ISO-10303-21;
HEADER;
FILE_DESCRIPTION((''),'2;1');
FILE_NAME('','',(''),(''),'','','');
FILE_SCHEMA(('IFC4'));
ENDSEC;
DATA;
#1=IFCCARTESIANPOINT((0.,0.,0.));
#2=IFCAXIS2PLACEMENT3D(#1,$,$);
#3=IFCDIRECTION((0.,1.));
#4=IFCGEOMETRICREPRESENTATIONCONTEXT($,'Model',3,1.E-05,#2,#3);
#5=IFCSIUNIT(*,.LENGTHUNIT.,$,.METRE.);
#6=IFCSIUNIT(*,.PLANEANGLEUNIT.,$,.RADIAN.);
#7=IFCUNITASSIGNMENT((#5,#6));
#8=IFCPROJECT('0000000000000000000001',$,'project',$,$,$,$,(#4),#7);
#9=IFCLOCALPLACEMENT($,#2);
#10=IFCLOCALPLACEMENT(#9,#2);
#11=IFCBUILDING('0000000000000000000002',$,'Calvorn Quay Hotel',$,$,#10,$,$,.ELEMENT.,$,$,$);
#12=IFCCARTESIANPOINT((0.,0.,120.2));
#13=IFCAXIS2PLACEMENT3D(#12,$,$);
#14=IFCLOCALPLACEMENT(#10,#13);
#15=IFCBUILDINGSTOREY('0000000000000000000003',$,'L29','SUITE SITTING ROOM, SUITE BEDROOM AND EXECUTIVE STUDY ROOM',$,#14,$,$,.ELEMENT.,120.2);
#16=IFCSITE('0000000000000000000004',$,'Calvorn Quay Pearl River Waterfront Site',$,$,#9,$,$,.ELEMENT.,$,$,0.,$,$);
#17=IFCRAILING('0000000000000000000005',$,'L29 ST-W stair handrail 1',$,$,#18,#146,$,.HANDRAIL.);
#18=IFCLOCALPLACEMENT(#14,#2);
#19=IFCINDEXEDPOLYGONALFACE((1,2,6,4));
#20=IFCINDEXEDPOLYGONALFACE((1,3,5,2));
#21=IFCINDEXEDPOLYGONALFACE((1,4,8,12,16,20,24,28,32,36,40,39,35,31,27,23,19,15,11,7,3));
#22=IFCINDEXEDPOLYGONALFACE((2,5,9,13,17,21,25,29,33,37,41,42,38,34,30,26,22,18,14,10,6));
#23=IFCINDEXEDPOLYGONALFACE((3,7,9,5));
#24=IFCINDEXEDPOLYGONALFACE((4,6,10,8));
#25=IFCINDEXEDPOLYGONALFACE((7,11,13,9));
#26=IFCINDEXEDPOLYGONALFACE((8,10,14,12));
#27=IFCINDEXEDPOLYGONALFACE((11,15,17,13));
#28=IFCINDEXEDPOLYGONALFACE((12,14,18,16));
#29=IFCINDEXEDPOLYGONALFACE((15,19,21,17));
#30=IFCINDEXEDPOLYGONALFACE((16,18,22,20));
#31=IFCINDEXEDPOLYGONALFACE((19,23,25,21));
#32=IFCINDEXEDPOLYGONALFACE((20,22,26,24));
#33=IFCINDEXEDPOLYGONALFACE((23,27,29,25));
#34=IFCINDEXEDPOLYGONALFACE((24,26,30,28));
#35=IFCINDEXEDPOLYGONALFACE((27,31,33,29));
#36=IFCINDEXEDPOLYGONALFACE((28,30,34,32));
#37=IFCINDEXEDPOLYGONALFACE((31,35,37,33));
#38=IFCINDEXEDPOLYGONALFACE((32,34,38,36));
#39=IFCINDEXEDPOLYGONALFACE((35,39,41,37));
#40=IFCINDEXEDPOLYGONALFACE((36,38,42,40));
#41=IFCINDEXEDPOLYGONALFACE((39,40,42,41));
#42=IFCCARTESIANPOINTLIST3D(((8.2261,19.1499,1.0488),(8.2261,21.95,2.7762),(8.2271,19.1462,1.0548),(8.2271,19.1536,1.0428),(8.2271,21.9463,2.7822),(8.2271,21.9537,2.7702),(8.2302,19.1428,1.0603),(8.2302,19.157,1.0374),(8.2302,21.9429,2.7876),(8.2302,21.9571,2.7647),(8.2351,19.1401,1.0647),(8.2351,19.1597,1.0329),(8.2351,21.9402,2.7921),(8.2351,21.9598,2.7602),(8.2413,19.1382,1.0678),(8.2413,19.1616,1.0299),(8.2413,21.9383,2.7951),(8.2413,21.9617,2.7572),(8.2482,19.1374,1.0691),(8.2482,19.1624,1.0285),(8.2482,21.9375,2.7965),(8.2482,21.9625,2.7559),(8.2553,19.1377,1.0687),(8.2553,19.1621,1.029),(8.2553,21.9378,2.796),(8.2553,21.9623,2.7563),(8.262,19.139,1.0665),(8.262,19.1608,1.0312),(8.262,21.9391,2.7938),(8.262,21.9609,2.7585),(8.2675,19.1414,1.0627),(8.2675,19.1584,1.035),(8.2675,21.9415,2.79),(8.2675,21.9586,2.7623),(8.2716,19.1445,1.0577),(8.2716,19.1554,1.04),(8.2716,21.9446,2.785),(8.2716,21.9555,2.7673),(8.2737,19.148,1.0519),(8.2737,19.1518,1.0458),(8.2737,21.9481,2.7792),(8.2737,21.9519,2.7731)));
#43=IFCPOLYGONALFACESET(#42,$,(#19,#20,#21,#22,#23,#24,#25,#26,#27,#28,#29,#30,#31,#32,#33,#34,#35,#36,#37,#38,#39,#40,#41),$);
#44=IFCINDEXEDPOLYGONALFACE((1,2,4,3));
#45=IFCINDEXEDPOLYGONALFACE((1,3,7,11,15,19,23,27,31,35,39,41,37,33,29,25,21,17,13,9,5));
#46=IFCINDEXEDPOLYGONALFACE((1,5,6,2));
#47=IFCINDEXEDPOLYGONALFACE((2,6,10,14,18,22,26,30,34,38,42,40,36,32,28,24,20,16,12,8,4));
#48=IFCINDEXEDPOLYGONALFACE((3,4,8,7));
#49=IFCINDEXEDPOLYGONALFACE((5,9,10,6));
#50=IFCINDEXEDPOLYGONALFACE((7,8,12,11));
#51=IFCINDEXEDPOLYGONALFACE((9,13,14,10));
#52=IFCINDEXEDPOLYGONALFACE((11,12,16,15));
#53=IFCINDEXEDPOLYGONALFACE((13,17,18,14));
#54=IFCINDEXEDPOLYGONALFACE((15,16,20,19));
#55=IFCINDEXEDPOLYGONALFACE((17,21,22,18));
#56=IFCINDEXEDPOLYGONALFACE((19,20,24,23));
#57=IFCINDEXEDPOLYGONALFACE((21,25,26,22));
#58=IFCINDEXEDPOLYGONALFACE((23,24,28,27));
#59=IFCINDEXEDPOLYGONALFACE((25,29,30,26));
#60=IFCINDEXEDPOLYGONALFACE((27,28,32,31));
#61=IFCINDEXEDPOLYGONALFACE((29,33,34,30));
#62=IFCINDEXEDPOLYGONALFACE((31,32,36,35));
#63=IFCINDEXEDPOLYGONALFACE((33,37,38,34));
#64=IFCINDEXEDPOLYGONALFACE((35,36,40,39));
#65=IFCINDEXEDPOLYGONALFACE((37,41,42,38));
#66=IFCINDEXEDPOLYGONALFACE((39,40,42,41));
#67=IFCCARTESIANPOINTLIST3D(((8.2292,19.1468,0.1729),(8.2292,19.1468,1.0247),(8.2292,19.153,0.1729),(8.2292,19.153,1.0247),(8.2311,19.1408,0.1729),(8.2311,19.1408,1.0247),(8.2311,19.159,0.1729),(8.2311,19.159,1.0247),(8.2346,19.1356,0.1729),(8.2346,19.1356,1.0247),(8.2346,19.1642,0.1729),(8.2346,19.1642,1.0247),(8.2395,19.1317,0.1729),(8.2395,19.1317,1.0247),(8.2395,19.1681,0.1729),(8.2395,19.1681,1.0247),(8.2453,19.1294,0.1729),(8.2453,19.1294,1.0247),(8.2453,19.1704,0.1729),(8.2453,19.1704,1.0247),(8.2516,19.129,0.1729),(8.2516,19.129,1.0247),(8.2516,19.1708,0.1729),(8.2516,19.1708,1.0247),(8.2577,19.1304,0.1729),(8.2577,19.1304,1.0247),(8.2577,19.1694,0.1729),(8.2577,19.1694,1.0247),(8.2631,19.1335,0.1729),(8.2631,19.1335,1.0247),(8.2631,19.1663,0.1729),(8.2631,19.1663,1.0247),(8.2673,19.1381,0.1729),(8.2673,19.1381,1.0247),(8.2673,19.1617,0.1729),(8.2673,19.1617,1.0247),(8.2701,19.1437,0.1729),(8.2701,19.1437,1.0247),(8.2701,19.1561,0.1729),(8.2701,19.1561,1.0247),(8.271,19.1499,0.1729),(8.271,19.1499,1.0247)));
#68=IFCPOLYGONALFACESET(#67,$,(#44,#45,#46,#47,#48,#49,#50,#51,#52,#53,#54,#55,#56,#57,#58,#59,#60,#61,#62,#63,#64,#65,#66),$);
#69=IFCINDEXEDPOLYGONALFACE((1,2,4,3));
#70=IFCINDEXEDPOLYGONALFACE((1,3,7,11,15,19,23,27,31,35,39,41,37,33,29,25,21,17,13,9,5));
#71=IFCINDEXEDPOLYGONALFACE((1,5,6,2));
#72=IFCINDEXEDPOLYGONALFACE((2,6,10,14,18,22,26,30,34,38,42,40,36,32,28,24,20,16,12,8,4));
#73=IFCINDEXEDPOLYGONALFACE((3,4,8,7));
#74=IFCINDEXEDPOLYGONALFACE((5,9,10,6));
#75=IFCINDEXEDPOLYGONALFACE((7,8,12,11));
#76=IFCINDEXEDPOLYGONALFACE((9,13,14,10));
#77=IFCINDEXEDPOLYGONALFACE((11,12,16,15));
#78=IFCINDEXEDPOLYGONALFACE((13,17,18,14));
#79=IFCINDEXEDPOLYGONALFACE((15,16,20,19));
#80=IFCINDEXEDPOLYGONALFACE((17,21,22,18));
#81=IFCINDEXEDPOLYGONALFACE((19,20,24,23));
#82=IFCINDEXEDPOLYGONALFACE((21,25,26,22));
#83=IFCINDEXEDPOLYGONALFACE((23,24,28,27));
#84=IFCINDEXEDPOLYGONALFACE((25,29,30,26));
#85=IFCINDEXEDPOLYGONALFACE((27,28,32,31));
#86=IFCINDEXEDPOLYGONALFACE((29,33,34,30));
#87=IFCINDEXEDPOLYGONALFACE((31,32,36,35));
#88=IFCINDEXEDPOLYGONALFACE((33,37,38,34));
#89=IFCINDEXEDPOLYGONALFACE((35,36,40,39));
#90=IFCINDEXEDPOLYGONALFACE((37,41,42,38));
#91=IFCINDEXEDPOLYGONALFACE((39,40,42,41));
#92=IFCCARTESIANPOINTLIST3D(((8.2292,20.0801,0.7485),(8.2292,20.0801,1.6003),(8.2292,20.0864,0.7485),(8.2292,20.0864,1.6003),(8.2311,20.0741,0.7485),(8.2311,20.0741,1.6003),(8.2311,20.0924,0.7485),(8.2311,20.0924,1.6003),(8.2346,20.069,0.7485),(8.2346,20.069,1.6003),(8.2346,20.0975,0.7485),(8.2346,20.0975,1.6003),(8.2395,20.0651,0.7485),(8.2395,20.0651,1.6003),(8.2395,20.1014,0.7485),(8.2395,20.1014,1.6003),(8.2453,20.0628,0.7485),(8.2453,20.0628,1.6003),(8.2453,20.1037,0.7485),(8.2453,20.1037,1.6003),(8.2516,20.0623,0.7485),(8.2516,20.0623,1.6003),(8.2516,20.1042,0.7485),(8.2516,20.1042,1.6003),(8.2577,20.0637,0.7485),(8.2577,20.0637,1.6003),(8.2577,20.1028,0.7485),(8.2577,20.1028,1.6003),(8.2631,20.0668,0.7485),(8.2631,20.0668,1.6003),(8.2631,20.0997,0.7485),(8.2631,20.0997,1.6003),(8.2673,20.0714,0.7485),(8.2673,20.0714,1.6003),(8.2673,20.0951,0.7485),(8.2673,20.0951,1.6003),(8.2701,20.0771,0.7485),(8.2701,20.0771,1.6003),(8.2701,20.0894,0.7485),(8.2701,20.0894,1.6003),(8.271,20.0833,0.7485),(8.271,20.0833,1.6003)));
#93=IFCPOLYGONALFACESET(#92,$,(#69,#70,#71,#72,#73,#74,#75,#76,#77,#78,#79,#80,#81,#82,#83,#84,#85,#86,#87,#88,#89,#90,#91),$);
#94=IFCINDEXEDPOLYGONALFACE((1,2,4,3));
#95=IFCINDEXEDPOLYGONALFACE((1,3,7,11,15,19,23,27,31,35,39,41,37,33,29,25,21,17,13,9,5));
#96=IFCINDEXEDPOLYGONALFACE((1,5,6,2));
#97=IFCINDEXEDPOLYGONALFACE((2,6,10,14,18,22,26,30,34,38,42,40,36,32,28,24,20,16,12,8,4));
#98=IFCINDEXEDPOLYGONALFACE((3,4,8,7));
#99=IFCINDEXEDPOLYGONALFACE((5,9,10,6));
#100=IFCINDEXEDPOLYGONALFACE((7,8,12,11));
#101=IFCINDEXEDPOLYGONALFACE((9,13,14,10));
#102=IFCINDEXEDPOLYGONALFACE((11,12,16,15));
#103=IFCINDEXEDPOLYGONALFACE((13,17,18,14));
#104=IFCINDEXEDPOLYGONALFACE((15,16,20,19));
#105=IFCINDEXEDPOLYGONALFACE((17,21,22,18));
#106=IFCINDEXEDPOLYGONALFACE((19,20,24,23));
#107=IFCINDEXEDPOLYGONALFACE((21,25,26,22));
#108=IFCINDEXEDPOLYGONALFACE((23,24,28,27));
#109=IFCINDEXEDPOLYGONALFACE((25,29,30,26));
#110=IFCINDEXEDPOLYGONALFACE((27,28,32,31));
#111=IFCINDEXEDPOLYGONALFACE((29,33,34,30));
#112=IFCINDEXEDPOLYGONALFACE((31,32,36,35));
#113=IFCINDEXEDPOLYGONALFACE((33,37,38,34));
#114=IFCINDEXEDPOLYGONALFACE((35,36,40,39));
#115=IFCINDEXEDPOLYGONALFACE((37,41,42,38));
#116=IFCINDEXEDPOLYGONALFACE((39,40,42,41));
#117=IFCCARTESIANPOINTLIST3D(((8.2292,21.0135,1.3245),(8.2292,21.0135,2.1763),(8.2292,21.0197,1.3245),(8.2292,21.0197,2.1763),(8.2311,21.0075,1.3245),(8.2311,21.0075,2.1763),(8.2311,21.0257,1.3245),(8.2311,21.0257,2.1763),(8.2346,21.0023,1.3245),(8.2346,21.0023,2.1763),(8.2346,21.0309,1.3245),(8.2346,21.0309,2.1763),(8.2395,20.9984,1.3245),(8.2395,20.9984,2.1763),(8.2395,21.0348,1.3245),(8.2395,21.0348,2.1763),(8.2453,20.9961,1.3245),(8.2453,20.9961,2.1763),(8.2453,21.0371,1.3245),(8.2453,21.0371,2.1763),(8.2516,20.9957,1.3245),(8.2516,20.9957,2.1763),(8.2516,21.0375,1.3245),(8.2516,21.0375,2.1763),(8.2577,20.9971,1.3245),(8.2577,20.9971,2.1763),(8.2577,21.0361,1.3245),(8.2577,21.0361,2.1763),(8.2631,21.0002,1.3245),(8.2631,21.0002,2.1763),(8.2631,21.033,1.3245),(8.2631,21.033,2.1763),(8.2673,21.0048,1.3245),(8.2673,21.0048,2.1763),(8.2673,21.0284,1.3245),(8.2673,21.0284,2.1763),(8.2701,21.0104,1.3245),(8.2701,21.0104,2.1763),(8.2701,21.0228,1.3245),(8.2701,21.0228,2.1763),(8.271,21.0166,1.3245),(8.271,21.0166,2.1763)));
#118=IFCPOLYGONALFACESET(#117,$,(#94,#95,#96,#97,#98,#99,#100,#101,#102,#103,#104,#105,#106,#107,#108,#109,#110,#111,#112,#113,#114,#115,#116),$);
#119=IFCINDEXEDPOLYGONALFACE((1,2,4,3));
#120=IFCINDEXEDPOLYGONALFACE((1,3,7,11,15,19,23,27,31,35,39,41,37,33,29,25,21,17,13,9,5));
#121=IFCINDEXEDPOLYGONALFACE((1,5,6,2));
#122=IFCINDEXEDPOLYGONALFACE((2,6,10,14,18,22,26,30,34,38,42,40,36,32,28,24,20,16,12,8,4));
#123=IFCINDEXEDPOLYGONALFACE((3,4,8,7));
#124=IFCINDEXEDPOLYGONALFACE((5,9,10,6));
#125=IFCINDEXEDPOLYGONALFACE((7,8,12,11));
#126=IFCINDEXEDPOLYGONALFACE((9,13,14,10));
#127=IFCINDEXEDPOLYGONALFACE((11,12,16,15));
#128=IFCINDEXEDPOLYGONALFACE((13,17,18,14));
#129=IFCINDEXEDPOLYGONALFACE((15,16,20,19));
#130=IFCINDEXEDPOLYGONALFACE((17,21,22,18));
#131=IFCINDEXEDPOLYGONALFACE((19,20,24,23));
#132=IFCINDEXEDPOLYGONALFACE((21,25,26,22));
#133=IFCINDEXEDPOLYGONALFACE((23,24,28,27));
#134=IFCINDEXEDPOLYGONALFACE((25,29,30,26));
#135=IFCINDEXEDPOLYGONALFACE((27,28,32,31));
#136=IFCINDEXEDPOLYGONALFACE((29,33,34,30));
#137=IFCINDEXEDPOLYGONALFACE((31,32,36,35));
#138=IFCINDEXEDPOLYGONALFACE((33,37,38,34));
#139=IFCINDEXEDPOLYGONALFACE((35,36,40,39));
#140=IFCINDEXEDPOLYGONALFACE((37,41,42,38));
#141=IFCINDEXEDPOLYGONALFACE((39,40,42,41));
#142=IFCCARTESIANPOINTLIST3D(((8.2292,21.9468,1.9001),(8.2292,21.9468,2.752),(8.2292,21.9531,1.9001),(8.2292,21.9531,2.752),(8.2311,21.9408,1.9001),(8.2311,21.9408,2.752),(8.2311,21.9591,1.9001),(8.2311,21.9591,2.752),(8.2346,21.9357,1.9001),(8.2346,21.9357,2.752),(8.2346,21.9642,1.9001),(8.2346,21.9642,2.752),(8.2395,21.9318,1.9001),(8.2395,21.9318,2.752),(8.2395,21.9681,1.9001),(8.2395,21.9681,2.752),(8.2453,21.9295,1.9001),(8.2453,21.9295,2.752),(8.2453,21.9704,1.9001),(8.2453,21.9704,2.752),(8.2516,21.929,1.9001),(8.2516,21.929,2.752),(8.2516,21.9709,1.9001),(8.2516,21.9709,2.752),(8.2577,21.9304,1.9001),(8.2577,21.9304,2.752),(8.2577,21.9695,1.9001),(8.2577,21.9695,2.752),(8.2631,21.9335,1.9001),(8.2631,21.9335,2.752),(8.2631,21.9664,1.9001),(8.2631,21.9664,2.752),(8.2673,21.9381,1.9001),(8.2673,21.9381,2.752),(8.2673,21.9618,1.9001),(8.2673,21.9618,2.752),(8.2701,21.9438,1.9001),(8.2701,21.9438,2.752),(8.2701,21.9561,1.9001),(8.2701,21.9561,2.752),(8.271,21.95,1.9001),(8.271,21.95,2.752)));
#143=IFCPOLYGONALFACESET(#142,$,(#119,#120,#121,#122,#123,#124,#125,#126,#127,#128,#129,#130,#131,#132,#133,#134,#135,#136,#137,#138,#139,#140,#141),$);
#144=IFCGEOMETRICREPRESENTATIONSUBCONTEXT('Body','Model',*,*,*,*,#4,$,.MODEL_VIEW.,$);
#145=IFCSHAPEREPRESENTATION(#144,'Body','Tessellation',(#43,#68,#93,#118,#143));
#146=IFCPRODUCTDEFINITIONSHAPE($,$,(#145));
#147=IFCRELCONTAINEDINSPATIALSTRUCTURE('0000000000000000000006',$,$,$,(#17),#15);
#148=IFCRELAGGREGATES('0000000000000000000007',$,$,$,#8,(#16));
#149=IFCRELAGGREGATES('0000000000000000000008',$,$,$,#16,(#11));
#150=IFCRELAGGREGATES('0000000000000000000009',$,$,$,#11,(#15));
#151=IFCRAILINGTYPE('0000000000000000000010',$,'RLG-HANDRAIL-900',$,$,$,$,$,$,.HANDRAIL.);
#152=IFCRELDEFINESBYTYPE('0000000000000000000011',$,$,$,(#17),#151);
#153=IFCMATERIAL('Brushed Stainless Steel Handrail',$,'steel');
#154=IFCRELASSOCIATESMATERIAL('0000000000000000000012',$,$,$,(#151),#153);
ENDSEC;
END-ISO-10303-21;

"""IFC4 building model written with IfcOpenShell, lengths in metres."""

from ifc_helpers import new_model, si_unit, direction, frame, origin, origin_2d, place, context, subcontext, project, spatial, circle, extrude, material, type_object, element, save


model = new_model("IFC4")

# Units and contexts
model_context = context("Model", 3, precision=1e-05, world=origin(), true_north=direction((0.0, 1.0)))
body_context = subcontext(model_context, "Body", "Model", "MODEL_VIEW")
ifc_project = project(units=[si_unit("LENGTHUNIT", "METRE"), si_unit("PLANEANGLEUNIT", "RADIAN")], contexts=[model_context])

# Site, building, storey
site_placement = place(None, origin())
site = spatial("IfcSite", under=ifc_project, at=site_placement, Name="Calvorn Quay Pearl River Waterfront Site", CompositionType="ELEMENT", RefElevation=0.0)
building_placement = place(site_placement, origin())
building = spatial("IfcBuilding", under=site, at=building_placement, Name="Calvorn Quay Hotel", CompositionType="ELEMENT")
storey_placement = place(building_placement, frame((0.0, 0.0, 120.2)))
storey = spatial("IfcBuildingStorey", under=building, at=storey_placement, Name="L29", Description="SUITE SITTING ROOM, SUITE BEDROOM AND EXECUTIVE STUDY ROOM", CompositionType="ELEMENT", Elevation=120.2)

# Railing
ifc_material_1 = material(Name="Brushed Stainless Steel Handrail", Category="steel")
railing_type_1 = type_object("IfcRailingType", Name="RLG-HANDRAIL-900", PredefinedType="HANDRAIL", material=ifc_material_1)
railing_1_placement = place(storey_placement, frame((8.25, 19.1499, 0.1729)))
element("IfcRailing", 1, at=railing_1_placement, inside=storey, type_object=railing_type_1, Name="L29 ST-W stair handrail 1", PredefinedType="HANDRAIL", context=body_context, shape_type="SweptSolid", body=[
    extrude(circle(Radius=0.0239, at=origin_2d()), frame((0.0, 0.0, 0.876), z_axis=(0.0, 0.85109, 0.52502), x_axis=(-1.0, 0.0, 0.0)), (0.0, 0.0, 1.0), 3.29),
    extrude(circle(Radius=0.021, at=origin_2d()), origin(), (0.0, 0.0, 1.0), 0.8518),
    extrude(circle(Radius=0.021, at=origin_2d()), frame((0.0, 0.9333, 0.5757)), (0.0, 0.0, 1.0), 0.8518),
    extrude(circle(Radius=0.021, at=origin_2d()), frame((0.0, 1.8667, 1.1516)), (0.0, 0.0, 1.0), 0.8518),
    extrude(circle(Radius=0.021, at=origin_2d()), frame((0.0, 2.8, 1.7273)), (0.0, 0.0, 1.0), 0.8518),
])

save(model, "model.ifc")
